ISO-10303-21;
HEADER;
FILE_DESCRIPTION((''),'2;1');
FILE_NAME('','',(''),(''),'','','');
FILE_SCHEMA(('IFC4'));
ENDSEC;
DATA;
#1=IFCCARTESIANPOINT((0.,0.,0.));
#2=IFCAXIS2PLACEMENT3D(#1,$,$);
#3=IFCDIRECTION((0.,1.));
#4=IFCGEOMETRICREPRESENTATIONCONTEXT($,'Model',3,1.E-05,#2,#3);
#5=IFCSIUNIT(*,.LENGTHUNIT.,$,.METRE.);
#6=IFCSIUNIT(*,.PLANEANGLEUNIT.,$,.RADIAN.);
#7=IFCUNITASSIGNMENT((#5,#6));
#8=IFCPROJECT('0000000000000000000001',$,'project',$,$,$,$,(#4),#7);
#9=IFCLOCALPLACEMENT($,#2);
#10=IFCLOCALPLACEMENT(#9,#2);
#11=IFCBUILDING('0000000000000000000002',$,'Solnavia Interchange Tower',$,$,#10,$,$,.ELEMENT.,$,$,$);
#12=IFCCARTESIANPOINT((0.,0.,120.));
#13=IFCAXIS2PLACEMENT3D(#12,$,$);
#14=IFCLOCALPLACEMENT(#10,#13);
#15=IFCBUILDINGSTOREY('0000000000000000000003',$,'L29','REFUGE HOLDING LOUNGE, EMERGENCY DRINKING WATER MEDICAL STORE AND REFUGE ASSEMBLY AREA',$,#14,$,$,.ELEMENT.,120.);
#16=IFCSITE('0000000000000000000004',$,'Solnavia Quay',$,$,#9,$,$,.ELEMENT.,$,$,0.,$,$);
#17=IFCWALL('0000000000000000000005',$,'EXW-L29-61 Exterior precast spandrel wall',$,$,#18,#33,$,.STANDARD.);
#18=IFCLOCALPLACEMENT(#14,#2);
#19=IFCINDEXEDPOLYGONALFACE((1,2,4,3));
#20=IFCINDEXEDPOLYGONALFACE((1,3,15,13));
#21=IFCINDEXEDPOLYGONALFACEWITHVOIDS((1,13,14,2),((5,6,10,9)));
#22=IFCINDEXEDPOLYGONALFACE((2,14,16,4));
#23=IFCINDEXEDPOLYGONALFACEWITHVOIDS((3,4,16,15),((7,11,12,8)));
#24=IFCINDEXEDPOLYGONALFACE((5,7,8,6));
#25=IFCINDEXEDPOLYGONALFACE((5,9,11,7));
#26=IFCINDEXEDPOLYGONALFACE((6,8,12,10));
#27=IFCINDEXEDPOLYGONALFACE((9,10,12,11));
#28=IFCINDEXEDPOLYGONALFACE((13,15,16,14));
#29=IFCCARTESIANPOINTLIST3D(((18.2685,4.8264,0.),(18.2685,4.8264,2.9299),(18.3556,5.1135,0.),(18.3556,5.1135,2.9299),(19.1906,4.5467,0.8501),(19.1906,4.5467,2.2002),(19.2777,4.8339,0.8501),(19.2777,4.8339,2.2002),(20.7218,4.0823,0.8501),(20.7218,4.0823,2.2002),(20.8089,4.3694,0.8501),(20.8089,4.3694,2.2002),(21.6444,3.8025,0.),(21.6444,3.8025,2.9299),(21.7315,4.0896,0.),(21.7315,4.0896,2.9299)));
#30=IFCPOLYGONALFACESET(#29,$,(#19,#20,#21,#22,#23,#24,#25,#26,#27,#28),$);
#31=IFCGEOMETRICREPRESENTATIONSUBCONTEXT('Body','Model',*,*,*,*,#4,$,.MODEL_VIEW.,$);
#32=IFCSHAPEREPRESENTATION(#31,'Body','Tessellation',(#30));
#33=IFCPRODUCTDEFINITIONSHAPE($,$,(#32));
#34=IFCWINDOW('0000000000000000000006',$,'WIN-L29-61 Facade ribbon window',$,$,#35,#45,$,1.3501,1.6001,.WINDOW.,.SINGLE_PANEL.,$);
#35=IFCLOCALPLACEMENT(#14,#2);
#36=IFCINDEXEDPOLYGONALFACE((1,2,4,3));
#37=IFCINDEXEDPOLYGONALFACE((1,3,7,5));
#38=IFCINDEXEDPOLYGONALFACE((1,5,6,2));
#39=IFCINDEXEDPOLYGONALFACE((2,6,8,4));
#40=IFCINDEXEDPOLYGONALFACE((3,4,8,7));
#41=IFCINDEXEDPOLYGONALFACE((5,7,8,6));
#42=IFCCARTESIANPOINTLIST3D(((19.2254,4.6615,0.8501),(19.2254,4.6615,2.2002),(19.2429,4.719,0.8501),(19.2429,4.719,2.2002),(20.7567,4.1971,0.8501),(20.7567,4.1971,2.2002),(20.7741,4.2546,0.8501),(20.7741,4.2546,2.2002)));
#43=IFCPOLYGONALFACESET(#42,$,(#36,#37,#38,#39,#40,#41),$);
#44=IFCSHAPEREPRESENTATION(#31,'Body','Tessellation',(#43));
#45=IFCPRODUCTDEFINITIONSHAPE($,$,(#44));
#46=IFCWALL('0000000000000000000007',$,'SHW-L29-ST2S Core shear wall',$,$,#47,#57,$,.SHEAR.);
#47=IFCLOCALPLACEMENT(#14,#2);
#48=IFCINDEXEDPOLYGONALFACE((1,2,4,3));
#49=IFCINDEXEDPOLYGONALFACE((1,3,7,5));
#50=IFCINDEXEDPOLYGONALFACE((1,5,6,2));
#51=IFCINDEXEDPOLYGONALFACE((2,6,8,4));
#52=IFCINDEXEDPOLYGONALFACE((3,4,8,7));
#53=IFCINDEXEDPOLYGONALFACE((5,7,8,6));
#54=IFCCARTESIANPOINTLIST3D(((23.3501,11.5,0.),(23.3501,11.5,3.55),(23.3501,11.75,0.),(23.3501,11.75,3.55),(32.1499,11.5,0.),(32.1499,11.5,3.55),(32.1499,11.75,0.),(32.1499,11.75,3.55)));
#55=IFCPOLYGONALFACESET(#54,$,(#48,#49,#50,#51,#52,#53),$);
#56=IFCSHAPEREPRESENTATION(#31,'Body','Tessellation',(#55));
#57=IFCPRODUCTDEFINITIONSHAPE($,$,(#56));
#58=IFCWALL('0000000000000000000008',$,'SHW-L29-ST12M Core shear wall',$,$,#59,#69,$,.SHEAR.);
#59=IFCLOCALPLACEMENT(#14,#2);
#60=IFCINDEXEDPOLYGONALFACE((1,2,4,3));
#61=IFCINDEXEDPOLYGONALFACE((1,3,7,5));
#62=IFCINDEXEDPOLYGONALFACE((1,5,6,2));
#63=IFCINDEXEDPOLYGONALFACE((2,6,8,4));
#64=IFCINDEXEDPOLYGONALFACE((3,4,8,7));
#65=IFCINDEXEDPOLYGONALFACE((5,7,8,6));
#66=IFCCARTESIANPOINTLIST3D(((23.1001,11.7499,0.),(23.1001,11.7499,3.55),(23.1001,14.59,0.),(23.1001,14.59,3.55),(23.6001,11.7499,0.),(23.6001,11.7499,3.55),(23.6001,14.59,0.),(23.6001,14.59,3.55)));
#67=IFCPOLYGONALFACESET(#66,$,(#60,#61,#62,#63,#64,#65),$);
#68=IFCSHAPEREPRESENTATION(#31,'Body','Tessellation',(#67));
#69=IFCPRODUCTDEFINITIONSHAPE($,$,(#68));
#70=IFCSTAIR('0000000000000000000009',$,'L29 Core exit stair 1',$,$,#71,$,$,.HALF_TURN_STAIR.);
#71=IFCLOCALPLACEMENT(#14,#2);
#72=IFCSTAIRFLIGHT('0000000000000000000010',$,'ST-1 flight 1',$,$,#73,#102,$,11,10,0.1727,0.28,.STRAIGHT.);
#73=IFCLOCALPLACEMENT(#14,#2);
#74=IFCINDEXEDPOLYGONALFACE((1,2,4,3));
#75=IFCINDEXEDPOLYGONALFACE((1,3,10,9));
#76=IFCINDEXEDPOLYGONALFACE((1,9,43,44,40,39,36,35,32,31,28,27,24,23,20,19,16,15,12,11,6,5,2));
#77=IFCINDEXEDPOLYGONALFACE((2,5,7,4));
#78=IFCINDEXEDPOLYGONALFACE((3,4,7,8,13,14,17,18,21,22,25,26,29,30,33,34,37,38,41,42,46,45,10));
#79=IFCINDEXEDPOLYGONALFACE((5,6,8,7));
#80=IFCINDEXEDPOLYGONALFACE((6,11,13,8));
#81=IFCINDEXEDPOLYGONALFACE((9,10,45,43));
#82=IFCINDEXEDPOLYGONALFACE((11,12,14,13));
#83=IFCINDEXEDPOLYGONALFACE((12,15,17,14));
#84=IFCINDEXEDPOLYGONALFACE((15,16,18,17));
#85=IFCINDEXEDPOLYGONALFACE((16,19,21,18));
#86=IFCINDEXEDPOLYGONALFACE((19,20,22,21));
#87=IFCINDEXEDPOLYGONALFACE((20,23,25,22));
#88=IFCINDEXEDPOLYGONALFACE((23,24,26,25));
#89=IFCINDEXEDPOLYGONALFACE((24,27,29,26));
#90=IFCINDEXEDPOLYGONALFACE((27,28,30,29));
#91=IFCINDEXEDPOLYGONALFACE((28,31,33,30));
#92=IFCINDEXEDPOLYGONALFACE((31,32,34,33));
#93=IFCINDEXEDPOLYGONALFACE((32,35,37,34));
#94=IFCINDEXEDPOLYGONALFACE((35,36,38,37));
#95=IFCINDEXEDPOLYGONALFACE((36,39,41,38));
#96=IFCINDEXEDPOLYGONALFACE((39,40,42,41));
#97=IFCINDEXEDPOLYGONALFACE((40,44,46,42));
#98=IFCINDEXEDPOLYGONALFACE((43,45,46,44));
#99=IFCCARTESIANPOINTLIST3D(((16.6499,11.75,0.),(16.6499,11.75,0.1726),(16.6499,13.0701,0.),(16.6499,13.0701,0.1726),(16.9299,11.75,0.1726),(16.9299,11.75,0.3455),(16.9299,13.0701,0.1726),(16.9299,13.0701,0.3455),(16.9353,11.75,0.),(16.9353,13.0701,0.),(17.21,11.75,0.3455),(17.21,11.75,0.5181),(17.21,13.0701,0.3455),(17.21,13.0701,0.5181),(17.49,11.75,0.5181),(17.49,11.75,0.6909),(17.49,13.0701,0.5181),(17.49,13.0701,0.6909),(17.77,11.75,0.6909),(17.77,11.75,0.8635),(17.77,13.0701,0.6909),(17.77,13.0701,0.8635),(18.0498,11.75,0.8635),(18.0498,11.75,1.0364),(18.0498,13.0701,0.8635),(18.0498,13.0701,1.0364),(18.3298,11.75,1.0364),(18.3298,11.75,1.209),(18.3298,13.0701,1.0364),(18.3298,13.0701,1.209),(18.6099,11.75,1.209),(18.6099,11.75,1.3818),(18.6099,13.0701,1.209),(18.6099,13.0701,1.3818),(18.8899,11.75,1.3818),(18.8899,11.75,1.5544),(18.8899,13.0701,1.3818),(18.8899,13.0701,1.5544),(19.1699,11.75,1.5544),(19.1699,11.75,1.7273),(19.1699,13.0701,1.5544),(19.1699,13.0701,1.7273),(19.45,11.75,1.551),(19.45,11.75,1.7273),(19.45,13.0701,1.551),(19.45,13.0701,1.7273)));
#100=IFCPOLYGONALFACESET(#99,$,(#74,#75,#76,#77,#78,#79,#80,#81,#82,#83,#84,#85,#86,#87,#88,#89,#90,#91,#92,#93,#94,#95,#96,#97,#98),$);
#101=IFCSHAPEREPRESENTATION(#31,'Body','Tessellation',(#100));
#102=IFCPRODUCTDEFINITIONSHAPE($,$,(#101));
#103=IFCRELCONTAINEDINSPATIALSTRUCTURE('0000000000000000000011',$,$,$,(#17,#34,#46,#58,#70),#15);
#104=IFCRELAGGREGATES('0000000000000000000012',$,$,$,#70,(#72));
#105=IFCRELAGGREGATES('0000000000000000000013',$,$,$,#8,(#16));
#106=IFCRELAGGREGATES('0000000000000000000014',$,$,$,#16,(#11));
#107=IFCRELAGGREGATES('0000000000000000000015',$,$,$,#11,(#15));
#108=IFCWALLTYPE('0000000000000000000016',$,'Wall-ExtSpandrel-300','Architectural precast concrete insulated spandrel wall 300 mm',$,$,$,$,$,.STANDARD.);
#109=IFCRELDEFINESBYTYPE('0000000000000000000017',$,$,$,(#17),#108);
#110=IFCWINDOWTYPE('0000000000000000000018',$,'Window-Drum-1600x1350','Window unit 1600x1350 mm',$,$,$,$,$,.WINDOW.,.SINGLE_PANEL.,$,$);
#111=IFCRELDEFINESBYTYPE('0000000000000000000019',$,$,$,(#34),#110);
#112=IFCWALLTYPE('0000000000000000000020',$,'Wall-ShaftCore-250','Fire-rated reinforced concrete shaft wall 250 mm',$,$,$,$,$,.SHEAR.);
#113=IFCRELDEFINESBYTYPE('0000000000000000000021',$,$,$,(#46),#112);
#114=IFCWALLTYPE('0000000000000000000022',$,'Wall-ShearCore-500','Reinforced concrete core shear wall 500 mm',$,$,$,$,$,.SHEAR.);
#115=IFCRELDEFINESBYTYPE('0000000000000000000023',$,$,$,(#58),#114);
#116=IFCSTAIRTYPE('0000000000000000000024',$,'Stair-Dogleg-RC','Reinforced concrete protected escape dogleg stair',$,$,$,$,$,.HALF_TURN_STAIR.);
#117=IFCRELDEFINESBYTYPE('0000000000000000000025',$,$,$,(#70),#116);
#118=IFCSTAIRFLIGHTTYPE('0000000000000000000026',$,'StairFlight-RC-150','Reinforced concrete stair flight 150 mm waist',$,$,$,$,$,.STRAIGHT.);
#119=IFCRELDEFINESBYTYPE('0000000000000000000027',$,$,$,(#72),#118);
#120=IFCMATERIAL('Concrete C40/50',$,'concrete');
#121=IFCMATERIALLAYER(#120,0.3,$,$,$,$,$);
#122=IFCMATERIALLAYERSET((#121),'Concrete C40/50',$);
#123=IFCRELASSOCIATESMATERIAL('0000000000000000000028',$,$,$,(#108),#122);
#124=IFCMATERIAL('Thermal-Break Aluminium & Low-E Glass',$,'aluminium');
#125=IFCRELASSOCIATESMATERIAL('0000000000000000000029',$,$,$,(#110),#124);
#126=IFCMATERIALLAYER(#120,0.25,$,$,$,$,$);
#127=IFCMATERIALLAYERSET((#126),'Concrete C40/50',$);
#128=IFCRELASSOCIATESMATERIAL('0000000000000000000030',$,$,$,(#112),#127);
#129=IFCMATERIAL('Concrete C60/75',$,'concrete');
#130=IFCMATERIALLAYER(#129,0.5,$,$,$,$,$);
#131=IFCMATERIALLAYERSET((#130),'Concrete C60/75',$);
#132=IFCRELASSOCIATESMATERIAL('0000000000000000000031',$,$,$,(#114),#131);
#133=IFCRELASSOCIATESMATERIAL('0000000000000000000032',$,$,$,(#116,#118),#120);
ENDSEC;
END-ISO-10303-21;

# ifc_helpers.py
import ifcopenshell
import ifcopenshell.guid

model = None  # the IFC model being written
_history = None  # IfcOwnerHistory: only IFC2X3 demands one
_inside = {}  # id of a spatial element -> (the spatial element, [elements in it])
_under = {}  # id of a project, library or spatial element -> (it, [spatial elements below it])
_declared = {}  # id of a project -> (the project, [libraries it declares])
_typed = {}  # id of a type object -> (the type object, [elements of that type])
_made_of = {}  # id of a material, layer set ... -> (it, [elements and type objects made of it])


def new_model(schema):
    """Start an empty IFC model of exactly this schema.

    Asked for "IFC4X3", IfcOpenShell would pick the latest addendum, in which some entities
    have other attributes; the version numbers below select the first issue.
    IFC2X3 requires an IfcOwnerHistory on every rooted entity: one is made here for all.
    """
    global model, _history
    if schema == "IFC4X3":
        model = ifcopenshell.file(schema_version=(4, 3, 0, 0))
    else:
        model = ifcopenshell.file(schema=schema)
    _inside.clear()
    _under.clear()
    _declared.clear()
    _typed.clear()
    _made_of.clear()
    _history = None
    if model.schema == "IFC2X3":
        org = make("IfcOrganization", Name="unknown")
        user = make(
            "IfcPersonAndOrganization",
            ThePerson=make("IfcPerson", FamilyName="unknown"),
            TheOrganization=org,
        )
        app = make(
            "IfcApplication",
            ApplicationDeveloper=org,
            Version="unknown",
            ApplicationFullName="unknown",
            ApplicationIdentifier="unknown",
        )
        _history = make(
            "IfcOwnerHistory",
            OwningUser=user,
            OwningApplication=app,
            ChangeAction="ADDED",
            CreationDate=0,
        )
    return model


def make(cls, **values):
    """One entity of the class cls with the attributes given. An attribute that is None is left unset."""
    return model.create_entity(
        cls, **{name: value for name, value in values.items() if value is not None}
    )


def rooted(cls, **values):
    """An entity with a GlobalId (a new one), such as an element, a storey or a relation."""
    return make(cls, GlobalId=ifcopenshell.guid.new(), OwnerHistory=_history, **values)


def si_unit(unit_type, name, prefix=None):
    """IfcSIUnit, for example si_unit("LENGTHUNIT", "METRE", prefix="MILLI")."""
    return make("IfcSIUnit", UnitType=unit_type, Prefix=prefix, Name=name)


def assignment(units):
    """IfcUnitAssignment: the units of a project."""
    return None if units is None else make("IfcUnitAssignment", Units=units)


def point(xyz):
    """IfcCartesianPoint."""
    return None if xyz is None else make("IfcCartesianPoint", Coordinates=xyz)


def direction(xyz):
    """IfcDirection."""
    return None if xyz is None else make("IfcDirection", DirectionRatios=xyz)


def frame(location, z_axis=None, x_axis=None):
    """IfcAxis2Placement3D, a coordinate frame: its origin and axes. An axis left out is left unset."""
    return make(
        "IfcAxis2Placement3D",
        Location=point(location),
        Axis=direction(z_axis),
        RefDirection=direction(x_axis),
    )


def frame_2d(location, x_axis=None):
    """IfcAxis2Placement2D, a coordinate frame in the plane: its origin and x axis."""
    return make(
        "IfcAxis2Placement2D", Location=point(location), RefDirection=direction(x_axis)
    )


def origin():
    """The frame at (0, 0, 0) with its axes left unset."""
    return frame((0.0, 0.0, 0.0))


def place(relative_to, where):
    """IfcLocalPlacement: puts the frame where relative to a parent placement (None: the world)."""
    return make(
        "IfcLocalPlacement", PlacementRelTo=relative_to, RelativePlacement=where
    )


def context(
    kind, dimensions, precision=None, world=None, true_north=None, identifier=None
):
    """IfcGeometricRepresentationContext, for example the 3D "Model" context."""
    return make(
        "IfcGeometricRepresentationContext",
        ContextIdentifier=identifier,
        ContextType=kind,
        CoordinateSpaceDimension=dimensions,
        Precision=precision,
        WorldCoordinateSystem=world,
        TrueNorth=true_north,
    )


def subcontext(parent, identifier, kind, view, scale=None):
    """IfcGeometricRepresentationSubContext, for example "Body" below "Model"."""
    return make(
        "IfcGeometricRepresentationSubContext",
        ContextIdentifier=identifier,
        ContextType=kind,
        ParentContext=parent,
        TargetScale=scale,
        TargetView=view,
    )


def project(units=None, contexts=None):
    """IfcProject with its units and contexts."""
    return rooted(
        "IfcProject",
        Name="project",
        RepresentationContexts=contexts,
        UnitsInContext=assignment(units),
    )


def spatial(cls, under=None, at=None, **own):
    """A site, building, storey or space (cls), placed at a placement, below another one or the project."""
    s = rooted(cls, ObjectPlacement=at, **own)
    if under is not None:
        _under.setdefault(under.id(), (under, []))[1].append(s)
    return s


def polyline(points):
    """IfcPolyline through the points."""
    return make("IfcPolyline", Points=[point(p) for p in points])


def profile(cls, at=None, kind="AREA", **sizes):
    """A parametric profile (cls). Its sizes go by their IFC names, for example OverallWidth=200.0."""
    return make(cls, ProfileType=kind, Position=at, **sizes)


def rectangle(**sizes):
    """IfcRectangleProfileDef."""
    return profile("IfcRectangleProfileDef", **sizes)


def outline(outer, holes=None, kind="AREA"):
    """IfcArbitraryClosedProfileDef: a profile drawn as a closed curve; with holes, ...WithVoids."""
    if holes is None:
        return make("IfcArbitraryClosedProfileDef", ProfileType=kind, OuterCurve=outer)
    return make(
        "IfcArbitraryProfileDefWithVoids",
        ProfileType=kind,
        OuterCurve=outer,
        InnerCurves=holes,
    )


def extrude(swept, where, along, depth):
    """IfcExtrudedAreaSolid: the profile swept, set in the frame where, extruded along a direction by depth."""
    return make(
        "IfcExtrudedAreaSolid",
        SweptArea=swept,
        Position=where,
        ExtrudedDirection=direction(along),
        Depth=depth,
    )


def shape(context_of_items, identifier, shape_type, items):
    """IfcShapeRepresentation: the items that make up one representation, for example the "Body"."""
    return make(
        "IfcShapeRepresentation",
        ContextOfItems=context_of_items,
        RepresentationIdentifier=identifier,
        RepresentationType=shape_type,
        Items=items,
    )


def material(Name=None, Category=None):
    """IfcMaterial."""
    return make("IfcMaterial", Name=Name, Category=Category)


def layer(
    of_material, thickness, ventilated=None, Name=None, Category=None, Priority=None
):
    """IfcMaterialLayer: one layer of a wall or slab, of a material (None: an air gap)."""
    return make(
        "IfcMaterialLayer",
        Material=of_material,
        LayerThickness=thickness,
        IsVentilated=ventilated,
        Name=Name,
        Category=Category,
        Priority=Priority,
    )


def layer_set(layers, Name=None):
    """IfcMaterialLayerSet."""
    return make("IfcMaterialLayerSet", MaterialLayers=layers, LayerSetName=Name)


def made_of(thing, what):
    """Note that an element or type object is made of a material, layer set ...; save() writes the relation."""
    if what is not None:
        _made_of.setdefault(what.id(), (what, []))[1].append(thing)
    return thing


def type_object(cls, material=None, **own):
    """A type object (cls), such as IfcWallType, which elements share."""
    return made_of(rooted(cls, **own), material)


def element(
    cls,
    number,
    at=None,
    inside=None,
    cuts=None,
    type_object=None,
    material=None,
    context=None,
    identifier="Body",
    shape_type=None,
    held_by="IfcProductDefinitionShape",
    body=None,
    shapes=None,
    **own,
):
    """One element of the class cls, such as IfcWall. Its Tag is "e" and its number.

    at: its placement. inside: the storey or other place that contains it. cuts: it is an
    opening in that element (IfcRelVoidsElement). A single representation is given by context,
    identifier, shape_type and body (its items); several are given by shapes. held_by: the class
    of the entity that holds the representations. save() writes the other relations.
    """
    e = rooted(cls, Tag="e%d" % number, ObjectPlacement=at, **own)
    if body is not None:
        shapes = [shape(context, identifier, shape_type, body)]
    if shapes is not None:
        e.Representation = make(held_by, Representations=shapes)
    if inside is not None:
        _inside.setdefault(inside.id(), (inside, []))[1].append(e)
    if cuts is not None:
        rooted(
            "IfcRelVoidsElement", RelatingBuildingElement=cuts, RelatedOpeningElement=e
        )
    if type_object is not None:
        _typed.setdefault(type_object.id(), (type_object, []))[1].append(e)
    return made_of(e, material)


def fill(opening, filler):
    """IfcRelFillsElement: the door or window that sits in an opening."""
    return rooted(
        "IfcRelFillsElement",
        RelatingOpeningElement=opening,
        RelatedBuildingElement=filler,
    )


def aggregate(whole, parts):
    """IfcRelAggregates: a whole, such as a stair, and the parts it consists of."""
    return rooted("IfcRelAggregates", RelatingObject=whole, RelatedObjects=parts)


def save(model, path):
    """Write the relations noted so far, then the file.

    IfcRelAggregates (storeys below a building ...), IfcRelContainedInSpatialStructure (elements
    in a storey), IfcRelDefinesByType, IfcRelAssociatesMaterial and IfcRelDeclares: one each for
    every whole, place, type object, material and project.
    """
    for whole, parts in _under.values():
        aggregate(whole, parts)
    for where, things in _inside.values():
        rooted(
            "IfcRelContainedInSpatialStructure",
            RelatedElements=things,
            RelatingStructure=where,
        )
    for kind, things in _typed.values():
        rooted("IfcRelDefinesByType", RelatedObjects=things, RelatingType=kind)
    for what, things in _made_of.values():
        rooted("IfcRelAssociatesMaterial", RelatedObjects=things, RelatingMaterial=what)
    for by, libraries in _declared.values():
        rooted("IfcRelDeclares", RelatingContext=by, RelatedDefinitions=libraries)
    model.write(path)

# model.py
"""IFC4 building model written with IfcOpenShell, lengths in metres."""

from ifc_helpers import new_model, si_unit, direction, frame, frame_2d, origin, place, context, subcontext, project, spatial, polyline, rectangle, outline, extrude, material, layer, layer_set, type_object, element, fill, aggregate, save


model = new_model("IFC4")

# Units and contexts
model_context = context("Model", 3, precision=1e-05, world=origin(), true_north=direction((0.0, 1.0)))
body_context = subcontext(model_context, "Body", "Model", "MODEL_VIEW")
ifc_project = project(units=[si_unit("LENGTHUNIT", "METRE"), si_unit("PLANEANGLEUNIT", "RADIAN")], contexts=[model_context])

# Site, building, storey
site_placement = place(None, origin())
site = spatial("IfcSite", under=ifc_project, at=site_placement, Name="Solnavia Quay", CompositionType="ELEMENT", RefElevation=0.0)
building_placement = place(site_placement, origin())
building = spatial("IfcBuilding", under=site, at=building_placement, Name="Solnavia Interchange Tower", CompositionType="ELEMENT")
storey_placement = place(building_placement, frame((0.0, 0.0, 120.0)))
storey = spatial("IfcBuildingStorey", under=building, at=storey_placement, Name="L29", Description="REFUGE HOLDING LOUNGE, EMERGENCY DRINKING WATER MEDICAL STORE AND REFUGE ASSEMBLY AREA", CompositionType="ELEMENT", Elevation=120.0)

# Shared definitions
ifc_material_1 = material(Name="Concrete C60/75", Category="concrete")

# Wall, opening, window
ifc_material_2 = material(Name="Concrete C40/50", Category="concrete")
ifc_layer_1 = layer(ifc_material_2, 0.3)
ifc_layer_set_1 = layer_set([ifc_layer_1], Name="Concrete C40/50")
wall_type_1 = type_object("IfcWallType", Name="Wall-ExtSpandrel-300", Description="Architectural precast concrete insulated spandrel wall 300 mm", PredefinedType="STANDARD", material=ifc_layer_set_1)
ifc_material_3 = material(Name="Thermal-Break Aluminium & Low-E Glass", Category="aluminium")
window_type = type_object("IfcWindowType", Name="Window-Drum-1600x1350", Description="Window unit 1600x1350 mm", PartitioningType="SINGLE_PANEL", PredefinedType="WINDOW", material=ifc_material_3)
wall_1_placement = place(storey_placement, frame((21.688, 3.946, 0.0), z_axis=(0.0, 0.0, 1.0), x_axis=(-0.956953, 0.290242, 0.0)))
wall_1 = element("IfcWall", 1, at=wall_1_placement, inside=storey, type_object=wall_type_1, Name="EXW-L29-61 Exterior precast spandrel wall", PredefinedType="STANDARD", context=body_context, shape_type="SweptSolid", body=[
    extrude(rectangle(XDim=3.5278, YDim=0.3, at=frame_2d((1.7639, 0.0))), origin(), (0.0, 0.0, 1.0), 2.9299),
])
opening_1_placement = place(wall_1_placement, frame((0.9641, 0.0, 0.8501)))
opening_1 = element("IfcOpeningElement", 2, at=opening_1_placement, cuts=wall_1, PredefinedType="OPENING", context=body_context, shape_type="SweptSolid", body=[
    extrude(rectangle(XDim=1.6001, YDim=1.3501, at=frame_2d((0.8, 0.675))), frame((0.0, 0.1602, 0.0), z_axis=(0.0, -1.0, 0.0), x_axis=(1.0, 0.0, 0.0)), (0.0, 0.0, 1.0), 0.3201),
])
window_1_placement = place(opening_1_placement, origin())
window_1 = element("IfcWindow", 3, at=window_1_placement, inside=storey, type_object=window_type, Name="WIN-L29-61 Facade ribbon window", OverallHeight=1.3501, OverallWidth=1.6001, PartitioningType="SINGLE_PANEL", PredefinedType="WINDOW", context=body_context, shape_type="SweptSolid", body=[
    extrude(rectangle(XDim=1.6001, YDim=1.3501, at=frame_2d((0.8, 0.675))), frame((0.0, 0.03, 0.0), z_axis=(0.0, -1.0, 0.0), x_axis=(1.0, 0.0, 0.0)), (0.0, 0.0, 1.0), 0.0601),
])
fill(opening_1, window_1)

# Walls
ifc_layer_2 = layer(ifc_material_2, 0.25)
ifc_layer_set_2 = layer_set([ifc_layer_2], Name="Concrete C40/50")
wall_type_2 = type_object("IfcWallType", Name="Wall-ShaftCore-250", Description="Fire-rated reinforced concrete shaft wall 250 mm", PredefinedType="SHEAR", material=ifc_layer_set_2)
wall_2_placement = place(storey_placement, frame((23.3501, 11.625, 0.0), z_axis=(0.0, 0.0, 1.0), x_axis=(1.0, 0.0, 0.0)))
element("IfcWall", 4, at=wall_2_placement, inside=storey, type_object=wall_type_2, Name="SHW-L29-ST2S Core shear wall", PredefinedType="SHEAR", context=body_context, shape_type="SweptSolid", body=[
    extrude(rectangle(XDim=8.7998, YDim=0.25, at=frame_2d((4.3999, 0.0))), origin(), (0.0, 0.0, 1.0), 3.55),
])
ifc_layer_3 = layer(ifc_material_1, 0.5)
ifc_layer_set_3 = layer_set([ifc_layer_3], Name="Concrete C60/75")
wall_type_3 = type_object("IfcWallType", Name="Wall-ShearCore-500", Description="Reinforced concrete core shear wall 500 mm", PredefinedType="SHEAR", material=ifc_layer_set_3)
wall_3_placement = place(storey_placement, frame((23.3501, 11.75, 0.0), z_axis=(0.0, 0.0, 1.0), x_axis=(0.0, 1.0, 0.0)))
element("IfcWall", 5, at=wall_3_placement, inside=storey, type_object=wall_type_3, Name="SHW-L29-ST12M Core shear wall", PredefinedType="SHEAR", context=body_context, shape_type="SweptSolid", body=[
    extrude(rectangle(XDim=2.8401, YDim=0.5, at=frame_2d((1.4199, 0.0))), origin(), (0.0, 0.0, 1.0), 3.55),
])

# Stair, stair flight
stair_type = type_object("IfcStairType", Name="Stair-Dogleg-RC", Description="Reinforced concrete protected escape dogleg stair", PredefinedType="HALF_TURN_STAIR", material=ifc_material_2)
stair_placement = place(storey_placement, origin())
stair = element("IfcStair", 6, at=stair_placement, inside=storey, type_object=stair_type, Name="L29 Core exit stair 1", PredefinedType="HALF_TURN_STAIR")
stair_flight_type = type_object("IfcStairFlightType", Name="StairFlight-RC-150", Description="Reinforced concrete stair flight 150 mm waist", PredefinedType="STRAIGHT", material=ifc_material_2)
stair_flight_placement = place(storey_placement, frame((16.6499, 12.4099, 0.0), z_axis=(0.0, 0.0, 1.0), x_axis=(1.0, 0.0, 0.0)))
stair_flight = element("IfcStairFlight", 7, at=stair_flight_placement, type_object=stair_flight_type, Name="ST-1 flight 1", NumberOfRisers=11, NumberOfTreads=10, PredefinedType="STRAIGHT", RiserHeight=0.1727, TreadLength=0.28, context=body_context, shape_type="SweptSolid", body=[
    extrude(outline(polyline([(0.0, 0.0), (0.0, 0.1726), (0.28, 0.1726), (0.28, 0.3455), (0.5601, 0.3455), (0.5601, 0.5181), (0.8401, 0.5181), (0.8401, 0.6909), (1.1201, 0.6909), (1.1201, 0.8635), (1.3999, 0.8635), (1.3999, 1.0364), (1.6799, 1.0364), (1.6799, 1.209), (1.96, 1.209), (1.96, 1.3818), (2.24, 1.3818), (2.24, 1.5544), (2.52, 1.5544), (2.52, 1.7273), (2.8, 1.7273), (2.8, 1.8999), (2.8, 1.551), (0.2854, 0.0), (0.0, 0.0)])), frame((0.0, 0.6602, 0.0), z_axis=(0.0, -1.0, 0.0), x_axis=(1.0, 0.0, 0.0)), (0.0, 0.0, 1.0), 1.3201),
])
aggregate(stair, [stair_flight])

save(model, "model.ifc")
